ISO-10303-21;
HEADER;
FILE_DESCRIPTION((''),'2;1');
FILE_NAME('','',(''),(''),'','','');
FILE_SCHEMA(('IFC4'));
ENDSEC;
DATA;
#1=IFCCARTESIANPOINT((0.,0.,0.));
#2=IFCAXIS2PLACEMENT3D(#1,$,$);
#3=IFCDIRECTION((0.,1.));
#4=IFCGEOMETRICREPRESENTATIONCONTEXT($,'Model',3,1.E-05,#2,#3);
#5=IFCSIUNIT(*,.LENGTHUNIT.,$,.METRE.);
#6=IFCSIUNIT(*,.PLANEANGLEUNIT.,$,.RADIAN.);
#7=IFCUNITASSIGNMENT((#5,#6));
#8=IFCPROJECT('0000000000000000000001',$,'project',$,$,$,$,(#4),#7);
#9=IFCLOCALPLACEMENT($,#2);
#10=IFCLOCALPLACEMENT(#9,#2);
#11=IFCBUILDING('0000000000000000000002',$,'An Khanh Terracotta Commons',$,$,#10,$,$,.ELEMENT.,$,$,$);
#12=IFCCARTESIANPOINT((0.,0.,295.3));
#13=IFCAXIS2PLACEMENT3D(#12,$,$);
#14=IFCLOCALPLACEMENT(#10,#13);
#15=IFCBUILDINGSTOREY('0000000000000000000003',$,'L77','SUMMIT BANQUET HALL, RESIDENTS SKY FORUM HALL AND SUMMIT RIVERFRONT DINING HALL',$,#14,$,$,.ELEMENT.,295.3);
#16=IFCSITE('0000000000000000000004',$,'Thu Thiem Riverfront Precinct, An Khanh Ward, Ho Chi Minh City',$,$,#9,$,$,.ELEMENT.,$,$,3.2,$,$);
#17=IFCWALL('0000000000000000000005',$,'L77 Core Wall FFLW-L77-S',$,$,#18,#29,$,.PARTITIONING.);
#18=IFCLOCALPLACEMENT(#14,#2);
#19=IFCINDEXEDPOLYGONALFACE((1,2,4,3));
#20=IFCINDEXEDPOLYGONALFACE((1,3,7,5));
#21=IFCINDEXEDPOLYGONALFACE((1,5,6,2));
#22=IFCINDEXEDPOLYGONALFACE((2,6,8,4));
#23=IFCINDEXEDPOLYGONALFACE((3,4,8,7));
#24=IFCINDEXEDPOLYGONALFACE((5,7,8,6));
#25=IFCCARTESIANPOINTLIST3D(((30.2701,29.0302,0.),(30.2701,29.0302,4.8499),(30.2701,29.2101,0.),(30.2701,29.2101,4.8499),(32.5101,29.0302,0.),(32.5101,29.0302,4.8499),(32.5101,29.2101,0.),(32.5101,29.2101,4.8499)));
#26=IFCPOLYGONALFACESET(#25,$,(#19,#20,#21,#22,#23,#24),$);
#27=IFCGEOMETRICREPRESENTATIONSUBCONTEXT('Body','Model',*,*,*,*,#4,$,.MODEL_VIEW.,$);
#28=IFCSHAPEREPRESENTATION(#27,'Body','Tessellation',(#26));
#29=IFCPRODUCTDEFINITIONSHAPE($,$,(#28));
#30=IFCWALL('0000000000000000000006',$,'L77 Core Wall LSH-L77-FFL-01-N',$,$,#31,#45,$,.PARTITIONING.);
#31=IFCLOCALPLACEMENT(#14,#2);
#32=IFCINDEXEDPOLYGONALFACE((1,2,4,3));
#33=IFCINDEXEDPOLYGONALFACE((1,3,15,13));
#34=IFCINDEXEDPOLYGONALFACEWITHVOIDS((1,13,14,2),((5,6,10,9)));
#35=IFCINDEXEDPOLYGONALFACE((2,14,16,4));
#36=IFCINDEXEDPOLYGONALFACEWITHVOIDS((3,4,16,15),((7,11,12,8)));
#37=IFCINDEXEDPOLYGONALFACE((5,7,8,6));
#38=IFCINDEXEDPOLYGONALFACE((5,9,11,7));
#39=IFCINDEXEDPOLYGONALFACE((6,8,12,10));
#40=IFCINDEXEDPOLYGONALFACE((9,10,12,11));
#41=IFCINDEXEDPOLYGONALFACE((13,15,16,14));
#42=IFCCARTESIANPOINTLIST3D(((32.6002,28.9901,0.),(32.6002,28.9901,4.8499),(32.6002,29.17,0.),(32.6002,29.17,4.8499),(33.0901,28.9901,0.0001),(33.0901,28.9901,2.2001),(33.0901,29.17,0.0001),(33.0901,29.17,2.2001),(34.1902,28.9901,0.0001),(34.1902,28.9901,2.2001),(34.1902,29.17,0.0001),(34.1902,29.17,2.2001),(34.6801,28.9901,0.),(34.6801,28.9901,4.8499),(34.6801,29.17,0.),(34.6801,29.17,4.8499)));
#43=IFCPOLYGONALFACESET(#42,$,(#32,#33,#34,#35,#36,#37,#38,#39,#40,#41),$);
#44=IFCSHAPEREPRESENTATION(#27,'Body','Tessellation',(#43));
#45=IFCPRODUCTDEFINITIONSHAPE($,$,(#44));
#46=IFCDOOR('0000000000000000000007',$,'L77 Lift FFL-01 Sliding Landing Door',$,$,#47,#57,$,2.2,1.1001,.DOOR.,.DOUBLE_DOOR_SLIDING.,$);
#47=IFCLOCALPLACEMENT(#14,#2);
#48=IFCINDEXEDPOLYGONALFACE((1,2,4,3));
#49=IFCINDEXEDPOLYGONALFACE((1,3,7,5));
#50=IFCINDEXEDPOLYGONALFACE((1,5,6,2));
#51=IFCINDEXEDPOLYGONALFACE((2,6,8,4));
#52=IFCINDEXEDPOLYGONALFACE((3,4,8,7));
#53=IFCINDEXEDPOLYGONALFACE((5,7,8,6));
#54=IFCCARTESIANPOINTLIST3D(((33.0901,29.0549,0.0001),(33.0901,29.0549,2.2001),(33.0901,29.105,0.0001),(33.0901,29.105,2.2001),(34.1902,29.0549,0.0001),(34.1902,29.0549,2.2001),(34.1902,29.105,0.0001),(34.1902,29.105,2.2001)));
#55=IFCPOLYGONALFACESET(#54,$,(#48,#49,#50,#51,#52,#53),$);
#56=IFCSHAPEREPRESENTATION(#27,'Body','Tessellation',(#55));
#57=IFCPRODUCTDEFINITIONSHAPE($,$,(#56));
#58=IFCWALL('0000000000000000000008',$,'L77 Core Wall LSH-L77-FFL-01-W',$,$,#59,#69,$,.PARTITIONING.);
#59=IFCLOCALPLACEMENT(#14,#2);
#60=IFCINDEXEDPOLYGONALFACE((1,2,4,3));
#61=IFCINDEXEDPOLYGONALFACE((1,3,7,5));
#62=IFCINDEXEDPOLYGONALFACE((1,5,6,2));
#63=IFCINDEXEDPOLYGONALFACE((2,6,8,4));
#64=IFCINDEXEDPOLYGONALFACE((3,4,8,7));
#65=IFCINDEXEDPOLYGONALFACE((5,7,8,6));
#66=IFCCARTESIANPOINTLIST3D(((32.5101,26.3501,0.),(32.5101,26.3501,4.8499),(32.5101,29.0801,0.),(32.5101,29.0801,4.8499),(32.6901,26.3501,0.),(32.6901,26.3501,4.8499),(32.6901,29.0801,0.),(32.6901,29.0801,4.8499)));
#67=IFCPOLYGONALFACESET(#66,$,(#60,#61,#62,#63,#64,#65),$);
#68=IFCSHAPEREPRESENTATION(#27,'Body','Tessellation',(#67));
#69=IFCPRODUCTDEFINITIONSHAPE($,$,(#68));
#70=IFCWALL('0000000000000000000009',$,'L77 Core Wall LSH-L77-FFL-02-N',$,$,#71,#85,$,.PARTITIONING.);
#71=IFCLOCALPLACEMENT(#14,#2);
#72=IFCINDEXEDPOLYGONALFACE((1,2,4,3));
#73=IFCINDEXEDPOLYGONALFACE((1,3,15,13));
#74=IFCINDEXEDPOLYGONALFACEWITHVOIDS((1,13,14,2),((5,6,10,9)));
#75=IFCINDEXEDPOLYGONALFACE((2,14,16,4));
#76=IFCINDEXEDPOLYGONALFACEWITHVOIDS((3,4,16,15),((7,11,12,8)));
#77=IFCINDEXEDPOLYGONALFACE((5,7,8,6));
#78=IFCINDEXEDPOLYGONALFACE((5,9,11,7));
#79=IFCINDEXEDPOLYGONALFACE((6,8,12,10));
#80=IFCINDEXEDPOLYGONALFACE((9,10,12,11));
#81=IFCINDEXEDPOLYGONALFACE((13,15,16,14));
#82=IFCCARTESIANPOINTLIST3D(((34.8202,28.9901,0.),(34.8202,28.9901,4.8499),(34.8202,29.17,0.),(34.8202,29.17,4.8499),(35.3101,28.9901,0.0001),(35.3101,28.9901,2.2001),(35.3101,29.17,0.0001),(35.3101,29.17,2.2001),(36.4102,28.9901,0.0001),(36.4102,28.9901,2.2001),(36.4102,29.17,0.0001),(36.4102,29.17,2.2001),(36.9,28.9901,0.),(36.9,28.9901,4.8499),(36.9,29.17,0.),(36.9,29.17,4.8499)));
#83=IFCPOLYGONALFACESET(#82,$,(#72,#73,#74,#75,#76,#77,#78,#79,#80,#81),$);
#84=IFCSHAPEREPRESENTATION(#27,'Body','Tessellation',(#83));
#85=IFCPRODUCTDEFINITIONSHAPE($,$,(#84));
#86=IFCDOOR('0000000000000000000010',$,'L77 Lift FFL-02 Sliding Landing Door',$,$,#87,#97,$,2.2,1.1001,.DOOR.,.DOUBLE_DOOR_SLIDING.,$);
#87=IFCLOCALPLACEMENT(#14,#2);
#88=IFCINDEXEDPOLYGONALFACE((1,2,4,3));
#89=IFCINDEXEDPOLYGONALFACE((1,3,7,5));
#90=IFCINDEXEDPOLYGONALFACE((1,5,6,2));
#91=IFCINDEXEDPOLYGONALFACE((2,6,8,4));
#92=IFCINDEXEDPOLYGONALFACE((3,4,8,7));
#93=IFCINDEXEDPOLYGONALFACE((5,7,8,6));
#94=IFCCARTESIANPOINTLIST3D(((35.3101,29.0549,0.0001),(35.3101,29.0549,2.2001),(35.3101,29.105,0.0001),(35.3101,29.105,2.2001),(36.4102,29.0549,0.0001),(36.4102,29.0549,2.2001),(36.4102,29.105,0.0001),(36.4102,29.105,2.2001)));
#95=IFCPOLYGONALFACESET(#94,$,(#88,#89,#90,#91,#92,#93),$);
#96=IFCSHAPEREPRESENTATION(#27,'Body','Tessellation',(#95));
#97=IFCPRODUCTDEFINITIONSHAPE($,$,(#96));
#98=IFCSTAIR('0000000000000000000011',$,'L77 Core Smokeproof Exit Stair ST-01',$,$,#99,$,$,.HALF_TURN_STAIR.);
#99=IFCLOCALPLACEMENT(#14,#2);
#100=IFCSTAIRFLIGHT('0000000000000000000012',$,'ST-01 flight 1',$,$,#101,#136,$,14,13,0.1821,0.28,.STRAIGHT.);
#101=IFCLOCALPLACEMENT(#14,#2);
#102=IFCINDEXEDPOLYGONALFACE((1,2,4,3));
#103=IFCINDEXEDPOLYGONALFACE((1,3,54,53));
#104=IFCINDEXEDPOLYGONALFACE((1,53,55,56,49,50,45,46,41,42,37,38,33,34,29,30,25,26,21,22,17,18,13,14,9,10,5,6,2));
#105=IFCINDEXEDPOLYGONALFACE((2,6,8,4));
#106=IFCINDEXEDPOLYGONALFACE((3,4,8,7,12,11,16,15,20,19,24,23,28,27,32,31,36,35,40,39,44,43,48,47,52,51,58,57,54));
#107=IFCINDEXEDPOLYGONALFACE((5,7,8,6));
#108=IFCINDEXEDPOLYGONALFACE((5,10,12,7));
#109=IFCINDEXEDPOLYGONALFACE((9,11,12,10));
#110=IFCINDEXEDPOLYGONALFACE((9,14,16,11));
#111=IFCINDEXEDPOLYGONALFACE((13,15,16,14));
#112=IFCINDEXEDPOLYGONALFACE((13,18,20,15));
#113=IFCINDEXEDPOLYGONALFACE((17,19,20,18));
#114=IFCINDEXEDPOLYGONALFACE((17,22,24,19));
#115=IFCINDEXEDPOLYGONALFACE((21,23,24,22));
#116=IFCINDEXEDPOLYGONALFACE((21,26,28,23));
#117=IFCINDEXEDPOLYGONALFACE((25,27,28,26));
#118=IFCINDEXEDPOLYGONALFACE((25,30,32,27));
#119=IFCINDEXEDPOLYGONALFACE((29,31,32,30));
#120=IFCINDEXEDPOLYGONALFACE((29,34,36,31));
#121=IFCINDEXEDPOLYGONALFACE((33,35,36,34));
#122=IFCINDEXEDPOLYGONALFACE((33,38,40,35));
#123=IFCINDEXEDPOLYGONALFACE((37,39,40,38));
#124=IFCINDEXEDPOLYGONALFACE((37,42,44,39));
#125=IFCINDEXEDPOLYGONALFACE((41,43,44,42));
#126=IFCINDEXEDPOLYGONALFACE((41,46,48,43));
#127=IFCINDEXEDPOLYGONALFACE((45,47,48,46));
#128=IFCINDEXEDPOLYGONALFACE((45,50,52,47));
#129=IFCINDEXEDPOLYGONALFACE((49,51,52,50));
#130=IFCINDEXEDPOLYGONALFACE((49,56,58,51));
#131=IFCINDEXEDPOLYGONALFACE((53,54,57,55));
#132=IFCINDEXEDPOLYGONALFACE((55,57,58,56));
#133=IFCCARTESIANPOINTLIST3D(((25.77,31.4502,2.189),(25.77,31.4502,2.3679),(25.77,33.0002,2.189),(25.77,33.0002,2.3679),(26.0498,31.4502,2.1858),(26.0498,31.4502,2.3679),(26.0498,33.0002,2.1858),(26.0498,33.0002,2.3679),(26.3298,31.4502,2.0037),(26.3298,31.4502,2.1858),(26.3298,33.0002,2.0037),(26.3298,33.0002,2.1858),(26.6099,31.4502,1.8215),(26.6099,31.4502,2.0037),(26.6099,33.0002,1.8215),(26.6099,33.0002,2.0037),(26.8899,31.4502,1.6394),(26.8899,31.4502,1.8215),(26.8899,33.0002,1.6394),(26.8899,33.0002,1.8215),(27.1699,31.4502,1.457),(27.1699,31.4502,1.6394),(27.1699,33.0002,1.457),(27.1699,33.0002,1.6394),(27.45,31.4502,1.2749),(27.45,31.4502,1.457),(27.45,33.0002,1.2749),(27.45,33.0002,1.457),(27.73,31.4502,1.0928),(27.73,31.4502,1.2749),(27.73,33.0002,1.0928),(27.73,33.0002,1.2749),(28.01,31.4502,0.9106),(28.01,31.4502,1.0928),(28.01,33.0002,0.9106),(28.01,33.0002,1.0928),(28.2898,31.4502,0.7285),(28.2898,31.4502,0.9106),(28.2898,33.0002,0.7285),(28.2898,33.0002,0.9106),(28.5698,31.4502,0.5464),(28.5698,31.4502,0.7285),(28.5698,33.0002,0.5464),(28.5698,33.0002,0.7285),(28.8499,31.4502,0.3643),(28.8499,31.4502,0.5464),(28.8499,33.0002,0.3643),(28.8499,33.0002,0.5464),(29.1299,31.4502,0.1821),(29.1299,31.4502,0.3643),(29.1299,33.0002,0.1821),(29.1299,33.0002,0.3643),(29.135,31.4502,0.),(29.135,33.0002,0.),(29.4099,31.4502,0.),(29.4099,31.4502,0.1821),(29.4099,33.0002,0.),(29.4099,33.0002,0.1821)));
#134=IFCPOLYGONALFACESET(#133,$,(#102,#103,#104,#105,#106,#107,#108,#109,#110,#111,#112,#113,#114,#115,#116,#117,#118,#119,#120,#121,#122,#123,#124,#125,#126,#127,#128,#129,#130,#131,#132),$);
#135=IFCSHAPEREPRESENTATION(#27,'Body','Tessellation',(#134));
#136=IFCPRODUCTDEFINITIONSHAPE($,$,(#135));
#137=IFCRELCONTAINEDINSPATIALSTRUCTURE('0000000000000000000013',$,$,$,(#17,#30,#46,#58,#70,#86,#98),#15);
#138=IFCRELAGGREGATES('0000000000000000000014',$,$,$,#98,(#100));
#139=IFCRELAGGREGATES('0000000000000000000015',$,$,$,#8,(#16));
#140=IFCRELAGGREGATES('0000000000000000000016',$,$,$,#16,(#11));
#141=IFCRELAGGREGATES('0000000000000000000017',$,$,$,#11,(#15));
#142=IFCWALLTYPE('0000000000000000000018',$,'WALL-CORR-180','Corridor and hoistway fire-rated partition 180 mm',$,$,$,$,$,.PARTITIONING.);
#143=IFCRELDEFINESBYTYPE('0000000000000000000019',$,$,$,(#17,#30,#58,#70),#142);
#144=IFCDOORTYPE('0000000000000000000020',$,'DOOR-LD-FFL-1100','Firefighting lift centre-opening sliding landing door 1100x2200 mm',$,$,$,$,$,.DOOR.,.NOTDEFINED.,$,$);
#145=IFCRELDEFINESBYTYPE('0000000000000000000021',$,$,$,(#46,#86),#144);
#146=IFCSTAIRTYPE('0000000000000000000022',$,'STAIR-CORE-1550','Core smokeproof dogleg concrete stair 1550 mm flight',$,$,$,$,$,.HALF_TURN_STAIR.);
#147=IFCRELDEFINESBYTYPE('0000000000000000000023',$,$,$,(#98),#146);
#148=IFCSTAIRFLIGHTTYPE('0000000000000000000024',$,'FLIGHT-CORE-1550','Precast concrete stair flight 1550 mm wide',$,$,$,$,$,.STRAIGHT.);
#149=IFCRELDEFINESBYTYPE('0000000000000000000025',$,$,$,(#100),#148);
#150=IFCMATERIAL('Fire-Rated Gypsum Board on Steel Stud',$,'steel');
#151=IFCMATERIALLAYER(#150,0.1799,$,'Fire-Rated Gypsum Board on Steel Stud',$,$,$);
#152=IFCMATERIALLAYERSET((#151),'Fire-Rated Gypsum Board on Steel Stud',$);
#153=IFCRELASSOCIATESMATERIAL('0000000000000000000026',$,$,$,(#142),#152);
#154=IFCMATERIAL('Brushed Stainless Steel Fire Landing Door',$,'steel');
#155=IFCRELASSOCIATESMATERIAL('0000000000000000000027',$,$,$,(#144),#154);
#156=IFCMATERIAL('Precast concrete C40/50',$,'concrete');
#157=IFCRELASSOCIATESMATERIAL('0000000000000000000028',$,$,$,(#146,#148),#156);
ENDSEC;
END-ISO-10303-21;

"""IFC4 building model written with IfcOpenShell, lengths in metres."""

from ifc_helpers import new_model, si_unit, direction, frame, frame_2d, origin, place, context, subcontext, project, spatial, polyline, rectangle, outline, extrude, material, layer, layer_set, type_object, element, fill, aggregate, save


model = new_model("IFC4")

# Units and contexts
model_context = context("Model", 3, precision=1e-05, world=origin(), true_north=direction((0.0, 1.0)))
body_context = subcontext(model_context, "Body", "Model", "MODEL_VIEW")
ifc_project = project(units=[si_unit("LENGTHUNIT", "METRE"), si_unit("PLANEANGLEUNIT", "RADIAN")], contexts=[model_context])

# Site, building, storey
site_placement = place(None, origin())
site = spatial("IfcSite", under=ifc_project, at=site_placement, Name="Thu Thiem Riverfront Precinct, An Khanh Ward, Ho Chi Minh City", CompositionType="ELEMENT", RefElevation=3.2)
building_placement = place(site_placement, origin())
building = spatial("IfcBuilding", under=site, at=building_placement, Name="An Khanh Terracotta Commons", CompositionType="ELEMENT")
storey_placement = place(building_placement, frame((0.0, 0.0, 295.3)))
storey = spatial("IfcBuildingStorey", under=building, at=storey_placement, Name="L77", Description="SUMMIT BANQUET HALL, RESIDENTS SKY FORUM HALL AND SUMMIT RIVERFRONT DINING HALL", CompositionType="ELEMENT", Elevation=295.3)

# Wall
ifc_material_1 = material(Name="Fire-Rated Gypsum Board on Steel Stud", Category="steel")
ifc_layer_1 = layer(ifc_material_1, 0.1799, Name="Fire-Rated Gypsum Board on Steel Stud")
ifc_layer_set_1 = layer_set([ifc_layer_1], Name="Fire-Rated Gypsum Board on Steel Stud")
wall_type_1 = type_object("IfcWallType", Name="WALL-CORR-180", Description="Corridor and hoistway fire-rated partition 180 mm", PredefinedType="PARTITIONING", material=ifc_layer_set_1)
wall_1_placement = place(storey_placement, frame((30.27, 29.1201, 0.0), z_axis=(0.0, 0.0, 1.0), x_axis=(1.0, 0.0, 0.0)))
element("IfcWall", 1, at=wall_1_placement, inside=storey, type_object=wall_type_1, Name="L77 Core Wall FFLW-L77-S", PredefinedType="PARTITIONING", context=body_context, shape_type="SweptSolid", body=[
    extrude(rectangle(XDim=2.24, YDim=0.1799, at=frame_2d((1.1201, 0.0))), origin(), (0.0, 0.0, 1.0), 4.8499),
])

# Wall, opening, door
wall_2_placement = place(storey_placement, frame((32.6001, 29.0801, 0.0), z_axis=(0.0, 0.0, 1.0), x_axis=(1.0, 0.0, 0.0)))
wall_2 = element("IfcWall", 2, at=wall_2_placement, inside=storey, type_object=wall_type_1, Name="L77 Core Wall LSH-L77-FFL-01-N", PredefinedType="PARTITIONING", context=body_context, shape_type="SweptSolid", body=[
    extrude(rectangle(XDim=2.0798, YDim=0.1799, at=frame_2d((1.04, 0.0))), origin(), (0.0, 0.0, 1.0), 4.8499),
])
opening_1_placement = place(wall_2_placement, frame((0.49, 0.0, 0.0)))
opening_1 = element("IfcOpeningElement", 3, at=opening_1_placement, cuts=wall_2, PredefinedType="OPENING", context=body_context, shape_type="SweptSolid", body=[
    extrude(rectangle(XDim=1.1001, YDim=2.2, at=frame_2d((0.55, 1.1001))), frame((0.0, 0.0999, 0.0), z_axis=(0.0, -1.0, 0.0), x_axis=(1.0, 0.0, 0.0)), (0.0, 0.0, 1.0), 0.2),
])
ifc_material_2 = material(Name="Brushed Stainless Steel Fire Landing Door", Category="steel")
door_type_1 = type_object("IfcDoorType", Name="DOOR-LD-FFL-1100", Description="Firefighting lift centre-opening sliding landing door 1100x2200 mm", OperationType="NOTDEFINED", PredefinedType="DOOR", material=ifc_material_2)
door_1_placement = place(opening_1_placement, origin())
door_1 = element("IfcDoor", 4, at=door_1_placement, inside=storey, type_object=door_type_1, Name="L77 Lift FFL-01 Sliding Landing Door", OperationType="DOUBLE_DOOR_SLIDING", OverallHeight=2.2, OverallWidth=1.1001, PredefinedType="DOOR", context=body_context, shape_type="SweptSolid", body=[
    extrude(rectangle(XDim=1.1001, YDim=2.2, at=frame_2d((0.55, 1.1001))), frame((0.0, 0.0249, 0.0), z_axis=(0.0, -1.0, 0.0), x_axis=(1.0, 0.0, 0.0)), (0.0, 0.0, 1.0), 0.05),
])
fill(opening_1, door_1)

# Wall
wall_3_placement = place(storey_placement, frame((32.6001, 29.0801, 0.0), z_axis=(0.0, 0.0, 1.0), x_axis=(0.0, -1.0, 0.0)))
element("IfcWall", 5, at=wall_3_placement, inside=storey, type_object=wall_type_1, Name="L77 Core Wall LSH-L77-FFL-01-W", PredefinedType="PARTITIONING", context=body_context, shape_type="SweptSolid", body=[
    extrude(rectangle(XDim=2.73, YDim=0.1799, at=frame_2d((1.365, 0.0))), origin(), (0.0, 0.0, 1.0), 4.8499),
])

# Wall, opening, door
wall_4_placement = place(storey_placement, frame((34.8201, 29.0801, 0.0), z_axis=(0.0, 0.0, 1.0), x_axis=(1.0, 0.0, 0.0)))
wall_4 = element("IfcWall", 6, at=wall_4_placement, inside=storey, type_object=wall_type_1, Name="L77 Core Wall LSH-L77-FFL-02-N", PredefinedType="PARTITIONING", context=body_context, shape_type="SweptSolid", body=[
    extrude(rectangle(XDim=2.0798, YDim=0.1799, at=frame_2d((1.04, 0.0))), origin(), (0.0, 0.0, 1.0), 4.8499),
])
opening_2_placement = place(wall_4_placement, frame((0.49, 0.0, 0.0)))
opening_2 = element("IfcOpeningElement", 7, at=opening_2_placement, cuts=wall_4, PredefinedType="OPENING", context=body_context, shape_type="SweptSolid", body=[
    extrude(rectangle(XDim=1.1001, YDim=2.2, at=frame_2d((0.55, 1.1001))), frame((0.0, 0.0999, 0.0), z_axis=(0.0, -1.0, 0.0), x_axis=(1.0, 0.0, 0.0)), (0.0, 0.0, 1.0), 0.2),
])
door_2_placement = place(opening_2_placement, origin())
door_2 = element("IfcDoor", 8, at=door_2_placement, inside=storey, type_object=door_type_1, Name="L77 Lift FFL-02 Sliding Landing Door", OperationType="DOUBLE_DOOR_SLIDING", OverallHeight=2.2, OverallWidth=1.1001, PredefinedType="DOOR", context=body_context, shape_type="SweptSolid", body=[
    extrude(rectangle(XDim=1.1001, YDim=2.2, at=frame_2d((0.55, 1.1001))), frame((0.0, 0.0249, 0.0), z_axis=(0.0, -1.0, 0.0), x_axis=(1.0, 0.0, 0.0)), (0.0, 0.0, 1.0), 0.05),
])
fill(opening_2, door_2)

# Stair, stair flight
ifc_material_3 = material(Name="Precast concrete C40/50", Category="concrete")
stair_type = type_object("IfcStairType", Name="STAIR-CORE-1550", Description="Core smokeproof dogleg concrete stair 1550 mm flight", PredefinedType="HALF_TURN_STAIR", material=ifc_material_3)
stair_placement = place(storey_placement, origin())
stair = element("IfcStair", 9, at=stair_placement, inside=storey, type_object=stair_type, Name="L77 Core Smokeproof Exit Stair ST-01", PredefinedType="HALF_TURN_STAIR")
stair_flight_type = type_object("IfcStairFlightType", Name="FLIGHT-CORE-1550", Description="Precast concrete stair flight 1550 mm wide", PredefinedType="STRAIGHT", material=ifc_material_3)
stair_flight_placement = place(storey_placement, frame((29.4099, 32.2251, 0.0), z_axis=(0.0, 0.0, 1.0), x_axis=(-1.0, 0.0, 0.0)))
stair_flight = element("IfcStairFlight", 10, at=stair_flight_placement, type_object=stair_flight_type, Name="ST-01 flight 1", NumberOfRisers=14, NumberOfTreads=13, PredefinedType="STRAIGHT", RiserHeight=0.1821, TreadLength=0.28, context=body_context, shape_type="SweptSolid", body=[
    extrude(outline(polyline([(0.0, 0.0), (0.0, 0.1821), (0.28, 0.1821), (0.28, 0.3643), (0.5601, 0.3643), (0.5601, 0.5464), (0.8401, 0.5464), (0.8401, 0.7285), (1.1201, 0.7285), (1.1201, 0.9106), (1.3999, 0.9106), (1.3999, 1.0928), (1.6799, 1.0928), (1.6799, 1.2749), (1.96, 1.2749), (1.96, 1.457), (2.24, 1.457), (2.24, 1.6394), (2.52, 1.6394), (2.52, 1.8215), (2.8, 1.8215), (2.8, 2.0037), (3.0801, 2.0037), (3.0801, 2.1858), (3.3601, 2.1858), (3.3601, 2.3679), (3.6399, 2.3679), (3.6399, 2.55), (3.6399, 2.189), (0.2749, 0.0), (0.0, 0.0)])), frame((0.0, 0.7749, 0.0), z_axis=(0.0, -1.0, 0.0), x_axis=(1.0, 0.0, 0.0)), (0.0, 0.0, 1.0), 1.55),
])
aggregate(stair, [stair_flight])

save(model, "model.ifc")
